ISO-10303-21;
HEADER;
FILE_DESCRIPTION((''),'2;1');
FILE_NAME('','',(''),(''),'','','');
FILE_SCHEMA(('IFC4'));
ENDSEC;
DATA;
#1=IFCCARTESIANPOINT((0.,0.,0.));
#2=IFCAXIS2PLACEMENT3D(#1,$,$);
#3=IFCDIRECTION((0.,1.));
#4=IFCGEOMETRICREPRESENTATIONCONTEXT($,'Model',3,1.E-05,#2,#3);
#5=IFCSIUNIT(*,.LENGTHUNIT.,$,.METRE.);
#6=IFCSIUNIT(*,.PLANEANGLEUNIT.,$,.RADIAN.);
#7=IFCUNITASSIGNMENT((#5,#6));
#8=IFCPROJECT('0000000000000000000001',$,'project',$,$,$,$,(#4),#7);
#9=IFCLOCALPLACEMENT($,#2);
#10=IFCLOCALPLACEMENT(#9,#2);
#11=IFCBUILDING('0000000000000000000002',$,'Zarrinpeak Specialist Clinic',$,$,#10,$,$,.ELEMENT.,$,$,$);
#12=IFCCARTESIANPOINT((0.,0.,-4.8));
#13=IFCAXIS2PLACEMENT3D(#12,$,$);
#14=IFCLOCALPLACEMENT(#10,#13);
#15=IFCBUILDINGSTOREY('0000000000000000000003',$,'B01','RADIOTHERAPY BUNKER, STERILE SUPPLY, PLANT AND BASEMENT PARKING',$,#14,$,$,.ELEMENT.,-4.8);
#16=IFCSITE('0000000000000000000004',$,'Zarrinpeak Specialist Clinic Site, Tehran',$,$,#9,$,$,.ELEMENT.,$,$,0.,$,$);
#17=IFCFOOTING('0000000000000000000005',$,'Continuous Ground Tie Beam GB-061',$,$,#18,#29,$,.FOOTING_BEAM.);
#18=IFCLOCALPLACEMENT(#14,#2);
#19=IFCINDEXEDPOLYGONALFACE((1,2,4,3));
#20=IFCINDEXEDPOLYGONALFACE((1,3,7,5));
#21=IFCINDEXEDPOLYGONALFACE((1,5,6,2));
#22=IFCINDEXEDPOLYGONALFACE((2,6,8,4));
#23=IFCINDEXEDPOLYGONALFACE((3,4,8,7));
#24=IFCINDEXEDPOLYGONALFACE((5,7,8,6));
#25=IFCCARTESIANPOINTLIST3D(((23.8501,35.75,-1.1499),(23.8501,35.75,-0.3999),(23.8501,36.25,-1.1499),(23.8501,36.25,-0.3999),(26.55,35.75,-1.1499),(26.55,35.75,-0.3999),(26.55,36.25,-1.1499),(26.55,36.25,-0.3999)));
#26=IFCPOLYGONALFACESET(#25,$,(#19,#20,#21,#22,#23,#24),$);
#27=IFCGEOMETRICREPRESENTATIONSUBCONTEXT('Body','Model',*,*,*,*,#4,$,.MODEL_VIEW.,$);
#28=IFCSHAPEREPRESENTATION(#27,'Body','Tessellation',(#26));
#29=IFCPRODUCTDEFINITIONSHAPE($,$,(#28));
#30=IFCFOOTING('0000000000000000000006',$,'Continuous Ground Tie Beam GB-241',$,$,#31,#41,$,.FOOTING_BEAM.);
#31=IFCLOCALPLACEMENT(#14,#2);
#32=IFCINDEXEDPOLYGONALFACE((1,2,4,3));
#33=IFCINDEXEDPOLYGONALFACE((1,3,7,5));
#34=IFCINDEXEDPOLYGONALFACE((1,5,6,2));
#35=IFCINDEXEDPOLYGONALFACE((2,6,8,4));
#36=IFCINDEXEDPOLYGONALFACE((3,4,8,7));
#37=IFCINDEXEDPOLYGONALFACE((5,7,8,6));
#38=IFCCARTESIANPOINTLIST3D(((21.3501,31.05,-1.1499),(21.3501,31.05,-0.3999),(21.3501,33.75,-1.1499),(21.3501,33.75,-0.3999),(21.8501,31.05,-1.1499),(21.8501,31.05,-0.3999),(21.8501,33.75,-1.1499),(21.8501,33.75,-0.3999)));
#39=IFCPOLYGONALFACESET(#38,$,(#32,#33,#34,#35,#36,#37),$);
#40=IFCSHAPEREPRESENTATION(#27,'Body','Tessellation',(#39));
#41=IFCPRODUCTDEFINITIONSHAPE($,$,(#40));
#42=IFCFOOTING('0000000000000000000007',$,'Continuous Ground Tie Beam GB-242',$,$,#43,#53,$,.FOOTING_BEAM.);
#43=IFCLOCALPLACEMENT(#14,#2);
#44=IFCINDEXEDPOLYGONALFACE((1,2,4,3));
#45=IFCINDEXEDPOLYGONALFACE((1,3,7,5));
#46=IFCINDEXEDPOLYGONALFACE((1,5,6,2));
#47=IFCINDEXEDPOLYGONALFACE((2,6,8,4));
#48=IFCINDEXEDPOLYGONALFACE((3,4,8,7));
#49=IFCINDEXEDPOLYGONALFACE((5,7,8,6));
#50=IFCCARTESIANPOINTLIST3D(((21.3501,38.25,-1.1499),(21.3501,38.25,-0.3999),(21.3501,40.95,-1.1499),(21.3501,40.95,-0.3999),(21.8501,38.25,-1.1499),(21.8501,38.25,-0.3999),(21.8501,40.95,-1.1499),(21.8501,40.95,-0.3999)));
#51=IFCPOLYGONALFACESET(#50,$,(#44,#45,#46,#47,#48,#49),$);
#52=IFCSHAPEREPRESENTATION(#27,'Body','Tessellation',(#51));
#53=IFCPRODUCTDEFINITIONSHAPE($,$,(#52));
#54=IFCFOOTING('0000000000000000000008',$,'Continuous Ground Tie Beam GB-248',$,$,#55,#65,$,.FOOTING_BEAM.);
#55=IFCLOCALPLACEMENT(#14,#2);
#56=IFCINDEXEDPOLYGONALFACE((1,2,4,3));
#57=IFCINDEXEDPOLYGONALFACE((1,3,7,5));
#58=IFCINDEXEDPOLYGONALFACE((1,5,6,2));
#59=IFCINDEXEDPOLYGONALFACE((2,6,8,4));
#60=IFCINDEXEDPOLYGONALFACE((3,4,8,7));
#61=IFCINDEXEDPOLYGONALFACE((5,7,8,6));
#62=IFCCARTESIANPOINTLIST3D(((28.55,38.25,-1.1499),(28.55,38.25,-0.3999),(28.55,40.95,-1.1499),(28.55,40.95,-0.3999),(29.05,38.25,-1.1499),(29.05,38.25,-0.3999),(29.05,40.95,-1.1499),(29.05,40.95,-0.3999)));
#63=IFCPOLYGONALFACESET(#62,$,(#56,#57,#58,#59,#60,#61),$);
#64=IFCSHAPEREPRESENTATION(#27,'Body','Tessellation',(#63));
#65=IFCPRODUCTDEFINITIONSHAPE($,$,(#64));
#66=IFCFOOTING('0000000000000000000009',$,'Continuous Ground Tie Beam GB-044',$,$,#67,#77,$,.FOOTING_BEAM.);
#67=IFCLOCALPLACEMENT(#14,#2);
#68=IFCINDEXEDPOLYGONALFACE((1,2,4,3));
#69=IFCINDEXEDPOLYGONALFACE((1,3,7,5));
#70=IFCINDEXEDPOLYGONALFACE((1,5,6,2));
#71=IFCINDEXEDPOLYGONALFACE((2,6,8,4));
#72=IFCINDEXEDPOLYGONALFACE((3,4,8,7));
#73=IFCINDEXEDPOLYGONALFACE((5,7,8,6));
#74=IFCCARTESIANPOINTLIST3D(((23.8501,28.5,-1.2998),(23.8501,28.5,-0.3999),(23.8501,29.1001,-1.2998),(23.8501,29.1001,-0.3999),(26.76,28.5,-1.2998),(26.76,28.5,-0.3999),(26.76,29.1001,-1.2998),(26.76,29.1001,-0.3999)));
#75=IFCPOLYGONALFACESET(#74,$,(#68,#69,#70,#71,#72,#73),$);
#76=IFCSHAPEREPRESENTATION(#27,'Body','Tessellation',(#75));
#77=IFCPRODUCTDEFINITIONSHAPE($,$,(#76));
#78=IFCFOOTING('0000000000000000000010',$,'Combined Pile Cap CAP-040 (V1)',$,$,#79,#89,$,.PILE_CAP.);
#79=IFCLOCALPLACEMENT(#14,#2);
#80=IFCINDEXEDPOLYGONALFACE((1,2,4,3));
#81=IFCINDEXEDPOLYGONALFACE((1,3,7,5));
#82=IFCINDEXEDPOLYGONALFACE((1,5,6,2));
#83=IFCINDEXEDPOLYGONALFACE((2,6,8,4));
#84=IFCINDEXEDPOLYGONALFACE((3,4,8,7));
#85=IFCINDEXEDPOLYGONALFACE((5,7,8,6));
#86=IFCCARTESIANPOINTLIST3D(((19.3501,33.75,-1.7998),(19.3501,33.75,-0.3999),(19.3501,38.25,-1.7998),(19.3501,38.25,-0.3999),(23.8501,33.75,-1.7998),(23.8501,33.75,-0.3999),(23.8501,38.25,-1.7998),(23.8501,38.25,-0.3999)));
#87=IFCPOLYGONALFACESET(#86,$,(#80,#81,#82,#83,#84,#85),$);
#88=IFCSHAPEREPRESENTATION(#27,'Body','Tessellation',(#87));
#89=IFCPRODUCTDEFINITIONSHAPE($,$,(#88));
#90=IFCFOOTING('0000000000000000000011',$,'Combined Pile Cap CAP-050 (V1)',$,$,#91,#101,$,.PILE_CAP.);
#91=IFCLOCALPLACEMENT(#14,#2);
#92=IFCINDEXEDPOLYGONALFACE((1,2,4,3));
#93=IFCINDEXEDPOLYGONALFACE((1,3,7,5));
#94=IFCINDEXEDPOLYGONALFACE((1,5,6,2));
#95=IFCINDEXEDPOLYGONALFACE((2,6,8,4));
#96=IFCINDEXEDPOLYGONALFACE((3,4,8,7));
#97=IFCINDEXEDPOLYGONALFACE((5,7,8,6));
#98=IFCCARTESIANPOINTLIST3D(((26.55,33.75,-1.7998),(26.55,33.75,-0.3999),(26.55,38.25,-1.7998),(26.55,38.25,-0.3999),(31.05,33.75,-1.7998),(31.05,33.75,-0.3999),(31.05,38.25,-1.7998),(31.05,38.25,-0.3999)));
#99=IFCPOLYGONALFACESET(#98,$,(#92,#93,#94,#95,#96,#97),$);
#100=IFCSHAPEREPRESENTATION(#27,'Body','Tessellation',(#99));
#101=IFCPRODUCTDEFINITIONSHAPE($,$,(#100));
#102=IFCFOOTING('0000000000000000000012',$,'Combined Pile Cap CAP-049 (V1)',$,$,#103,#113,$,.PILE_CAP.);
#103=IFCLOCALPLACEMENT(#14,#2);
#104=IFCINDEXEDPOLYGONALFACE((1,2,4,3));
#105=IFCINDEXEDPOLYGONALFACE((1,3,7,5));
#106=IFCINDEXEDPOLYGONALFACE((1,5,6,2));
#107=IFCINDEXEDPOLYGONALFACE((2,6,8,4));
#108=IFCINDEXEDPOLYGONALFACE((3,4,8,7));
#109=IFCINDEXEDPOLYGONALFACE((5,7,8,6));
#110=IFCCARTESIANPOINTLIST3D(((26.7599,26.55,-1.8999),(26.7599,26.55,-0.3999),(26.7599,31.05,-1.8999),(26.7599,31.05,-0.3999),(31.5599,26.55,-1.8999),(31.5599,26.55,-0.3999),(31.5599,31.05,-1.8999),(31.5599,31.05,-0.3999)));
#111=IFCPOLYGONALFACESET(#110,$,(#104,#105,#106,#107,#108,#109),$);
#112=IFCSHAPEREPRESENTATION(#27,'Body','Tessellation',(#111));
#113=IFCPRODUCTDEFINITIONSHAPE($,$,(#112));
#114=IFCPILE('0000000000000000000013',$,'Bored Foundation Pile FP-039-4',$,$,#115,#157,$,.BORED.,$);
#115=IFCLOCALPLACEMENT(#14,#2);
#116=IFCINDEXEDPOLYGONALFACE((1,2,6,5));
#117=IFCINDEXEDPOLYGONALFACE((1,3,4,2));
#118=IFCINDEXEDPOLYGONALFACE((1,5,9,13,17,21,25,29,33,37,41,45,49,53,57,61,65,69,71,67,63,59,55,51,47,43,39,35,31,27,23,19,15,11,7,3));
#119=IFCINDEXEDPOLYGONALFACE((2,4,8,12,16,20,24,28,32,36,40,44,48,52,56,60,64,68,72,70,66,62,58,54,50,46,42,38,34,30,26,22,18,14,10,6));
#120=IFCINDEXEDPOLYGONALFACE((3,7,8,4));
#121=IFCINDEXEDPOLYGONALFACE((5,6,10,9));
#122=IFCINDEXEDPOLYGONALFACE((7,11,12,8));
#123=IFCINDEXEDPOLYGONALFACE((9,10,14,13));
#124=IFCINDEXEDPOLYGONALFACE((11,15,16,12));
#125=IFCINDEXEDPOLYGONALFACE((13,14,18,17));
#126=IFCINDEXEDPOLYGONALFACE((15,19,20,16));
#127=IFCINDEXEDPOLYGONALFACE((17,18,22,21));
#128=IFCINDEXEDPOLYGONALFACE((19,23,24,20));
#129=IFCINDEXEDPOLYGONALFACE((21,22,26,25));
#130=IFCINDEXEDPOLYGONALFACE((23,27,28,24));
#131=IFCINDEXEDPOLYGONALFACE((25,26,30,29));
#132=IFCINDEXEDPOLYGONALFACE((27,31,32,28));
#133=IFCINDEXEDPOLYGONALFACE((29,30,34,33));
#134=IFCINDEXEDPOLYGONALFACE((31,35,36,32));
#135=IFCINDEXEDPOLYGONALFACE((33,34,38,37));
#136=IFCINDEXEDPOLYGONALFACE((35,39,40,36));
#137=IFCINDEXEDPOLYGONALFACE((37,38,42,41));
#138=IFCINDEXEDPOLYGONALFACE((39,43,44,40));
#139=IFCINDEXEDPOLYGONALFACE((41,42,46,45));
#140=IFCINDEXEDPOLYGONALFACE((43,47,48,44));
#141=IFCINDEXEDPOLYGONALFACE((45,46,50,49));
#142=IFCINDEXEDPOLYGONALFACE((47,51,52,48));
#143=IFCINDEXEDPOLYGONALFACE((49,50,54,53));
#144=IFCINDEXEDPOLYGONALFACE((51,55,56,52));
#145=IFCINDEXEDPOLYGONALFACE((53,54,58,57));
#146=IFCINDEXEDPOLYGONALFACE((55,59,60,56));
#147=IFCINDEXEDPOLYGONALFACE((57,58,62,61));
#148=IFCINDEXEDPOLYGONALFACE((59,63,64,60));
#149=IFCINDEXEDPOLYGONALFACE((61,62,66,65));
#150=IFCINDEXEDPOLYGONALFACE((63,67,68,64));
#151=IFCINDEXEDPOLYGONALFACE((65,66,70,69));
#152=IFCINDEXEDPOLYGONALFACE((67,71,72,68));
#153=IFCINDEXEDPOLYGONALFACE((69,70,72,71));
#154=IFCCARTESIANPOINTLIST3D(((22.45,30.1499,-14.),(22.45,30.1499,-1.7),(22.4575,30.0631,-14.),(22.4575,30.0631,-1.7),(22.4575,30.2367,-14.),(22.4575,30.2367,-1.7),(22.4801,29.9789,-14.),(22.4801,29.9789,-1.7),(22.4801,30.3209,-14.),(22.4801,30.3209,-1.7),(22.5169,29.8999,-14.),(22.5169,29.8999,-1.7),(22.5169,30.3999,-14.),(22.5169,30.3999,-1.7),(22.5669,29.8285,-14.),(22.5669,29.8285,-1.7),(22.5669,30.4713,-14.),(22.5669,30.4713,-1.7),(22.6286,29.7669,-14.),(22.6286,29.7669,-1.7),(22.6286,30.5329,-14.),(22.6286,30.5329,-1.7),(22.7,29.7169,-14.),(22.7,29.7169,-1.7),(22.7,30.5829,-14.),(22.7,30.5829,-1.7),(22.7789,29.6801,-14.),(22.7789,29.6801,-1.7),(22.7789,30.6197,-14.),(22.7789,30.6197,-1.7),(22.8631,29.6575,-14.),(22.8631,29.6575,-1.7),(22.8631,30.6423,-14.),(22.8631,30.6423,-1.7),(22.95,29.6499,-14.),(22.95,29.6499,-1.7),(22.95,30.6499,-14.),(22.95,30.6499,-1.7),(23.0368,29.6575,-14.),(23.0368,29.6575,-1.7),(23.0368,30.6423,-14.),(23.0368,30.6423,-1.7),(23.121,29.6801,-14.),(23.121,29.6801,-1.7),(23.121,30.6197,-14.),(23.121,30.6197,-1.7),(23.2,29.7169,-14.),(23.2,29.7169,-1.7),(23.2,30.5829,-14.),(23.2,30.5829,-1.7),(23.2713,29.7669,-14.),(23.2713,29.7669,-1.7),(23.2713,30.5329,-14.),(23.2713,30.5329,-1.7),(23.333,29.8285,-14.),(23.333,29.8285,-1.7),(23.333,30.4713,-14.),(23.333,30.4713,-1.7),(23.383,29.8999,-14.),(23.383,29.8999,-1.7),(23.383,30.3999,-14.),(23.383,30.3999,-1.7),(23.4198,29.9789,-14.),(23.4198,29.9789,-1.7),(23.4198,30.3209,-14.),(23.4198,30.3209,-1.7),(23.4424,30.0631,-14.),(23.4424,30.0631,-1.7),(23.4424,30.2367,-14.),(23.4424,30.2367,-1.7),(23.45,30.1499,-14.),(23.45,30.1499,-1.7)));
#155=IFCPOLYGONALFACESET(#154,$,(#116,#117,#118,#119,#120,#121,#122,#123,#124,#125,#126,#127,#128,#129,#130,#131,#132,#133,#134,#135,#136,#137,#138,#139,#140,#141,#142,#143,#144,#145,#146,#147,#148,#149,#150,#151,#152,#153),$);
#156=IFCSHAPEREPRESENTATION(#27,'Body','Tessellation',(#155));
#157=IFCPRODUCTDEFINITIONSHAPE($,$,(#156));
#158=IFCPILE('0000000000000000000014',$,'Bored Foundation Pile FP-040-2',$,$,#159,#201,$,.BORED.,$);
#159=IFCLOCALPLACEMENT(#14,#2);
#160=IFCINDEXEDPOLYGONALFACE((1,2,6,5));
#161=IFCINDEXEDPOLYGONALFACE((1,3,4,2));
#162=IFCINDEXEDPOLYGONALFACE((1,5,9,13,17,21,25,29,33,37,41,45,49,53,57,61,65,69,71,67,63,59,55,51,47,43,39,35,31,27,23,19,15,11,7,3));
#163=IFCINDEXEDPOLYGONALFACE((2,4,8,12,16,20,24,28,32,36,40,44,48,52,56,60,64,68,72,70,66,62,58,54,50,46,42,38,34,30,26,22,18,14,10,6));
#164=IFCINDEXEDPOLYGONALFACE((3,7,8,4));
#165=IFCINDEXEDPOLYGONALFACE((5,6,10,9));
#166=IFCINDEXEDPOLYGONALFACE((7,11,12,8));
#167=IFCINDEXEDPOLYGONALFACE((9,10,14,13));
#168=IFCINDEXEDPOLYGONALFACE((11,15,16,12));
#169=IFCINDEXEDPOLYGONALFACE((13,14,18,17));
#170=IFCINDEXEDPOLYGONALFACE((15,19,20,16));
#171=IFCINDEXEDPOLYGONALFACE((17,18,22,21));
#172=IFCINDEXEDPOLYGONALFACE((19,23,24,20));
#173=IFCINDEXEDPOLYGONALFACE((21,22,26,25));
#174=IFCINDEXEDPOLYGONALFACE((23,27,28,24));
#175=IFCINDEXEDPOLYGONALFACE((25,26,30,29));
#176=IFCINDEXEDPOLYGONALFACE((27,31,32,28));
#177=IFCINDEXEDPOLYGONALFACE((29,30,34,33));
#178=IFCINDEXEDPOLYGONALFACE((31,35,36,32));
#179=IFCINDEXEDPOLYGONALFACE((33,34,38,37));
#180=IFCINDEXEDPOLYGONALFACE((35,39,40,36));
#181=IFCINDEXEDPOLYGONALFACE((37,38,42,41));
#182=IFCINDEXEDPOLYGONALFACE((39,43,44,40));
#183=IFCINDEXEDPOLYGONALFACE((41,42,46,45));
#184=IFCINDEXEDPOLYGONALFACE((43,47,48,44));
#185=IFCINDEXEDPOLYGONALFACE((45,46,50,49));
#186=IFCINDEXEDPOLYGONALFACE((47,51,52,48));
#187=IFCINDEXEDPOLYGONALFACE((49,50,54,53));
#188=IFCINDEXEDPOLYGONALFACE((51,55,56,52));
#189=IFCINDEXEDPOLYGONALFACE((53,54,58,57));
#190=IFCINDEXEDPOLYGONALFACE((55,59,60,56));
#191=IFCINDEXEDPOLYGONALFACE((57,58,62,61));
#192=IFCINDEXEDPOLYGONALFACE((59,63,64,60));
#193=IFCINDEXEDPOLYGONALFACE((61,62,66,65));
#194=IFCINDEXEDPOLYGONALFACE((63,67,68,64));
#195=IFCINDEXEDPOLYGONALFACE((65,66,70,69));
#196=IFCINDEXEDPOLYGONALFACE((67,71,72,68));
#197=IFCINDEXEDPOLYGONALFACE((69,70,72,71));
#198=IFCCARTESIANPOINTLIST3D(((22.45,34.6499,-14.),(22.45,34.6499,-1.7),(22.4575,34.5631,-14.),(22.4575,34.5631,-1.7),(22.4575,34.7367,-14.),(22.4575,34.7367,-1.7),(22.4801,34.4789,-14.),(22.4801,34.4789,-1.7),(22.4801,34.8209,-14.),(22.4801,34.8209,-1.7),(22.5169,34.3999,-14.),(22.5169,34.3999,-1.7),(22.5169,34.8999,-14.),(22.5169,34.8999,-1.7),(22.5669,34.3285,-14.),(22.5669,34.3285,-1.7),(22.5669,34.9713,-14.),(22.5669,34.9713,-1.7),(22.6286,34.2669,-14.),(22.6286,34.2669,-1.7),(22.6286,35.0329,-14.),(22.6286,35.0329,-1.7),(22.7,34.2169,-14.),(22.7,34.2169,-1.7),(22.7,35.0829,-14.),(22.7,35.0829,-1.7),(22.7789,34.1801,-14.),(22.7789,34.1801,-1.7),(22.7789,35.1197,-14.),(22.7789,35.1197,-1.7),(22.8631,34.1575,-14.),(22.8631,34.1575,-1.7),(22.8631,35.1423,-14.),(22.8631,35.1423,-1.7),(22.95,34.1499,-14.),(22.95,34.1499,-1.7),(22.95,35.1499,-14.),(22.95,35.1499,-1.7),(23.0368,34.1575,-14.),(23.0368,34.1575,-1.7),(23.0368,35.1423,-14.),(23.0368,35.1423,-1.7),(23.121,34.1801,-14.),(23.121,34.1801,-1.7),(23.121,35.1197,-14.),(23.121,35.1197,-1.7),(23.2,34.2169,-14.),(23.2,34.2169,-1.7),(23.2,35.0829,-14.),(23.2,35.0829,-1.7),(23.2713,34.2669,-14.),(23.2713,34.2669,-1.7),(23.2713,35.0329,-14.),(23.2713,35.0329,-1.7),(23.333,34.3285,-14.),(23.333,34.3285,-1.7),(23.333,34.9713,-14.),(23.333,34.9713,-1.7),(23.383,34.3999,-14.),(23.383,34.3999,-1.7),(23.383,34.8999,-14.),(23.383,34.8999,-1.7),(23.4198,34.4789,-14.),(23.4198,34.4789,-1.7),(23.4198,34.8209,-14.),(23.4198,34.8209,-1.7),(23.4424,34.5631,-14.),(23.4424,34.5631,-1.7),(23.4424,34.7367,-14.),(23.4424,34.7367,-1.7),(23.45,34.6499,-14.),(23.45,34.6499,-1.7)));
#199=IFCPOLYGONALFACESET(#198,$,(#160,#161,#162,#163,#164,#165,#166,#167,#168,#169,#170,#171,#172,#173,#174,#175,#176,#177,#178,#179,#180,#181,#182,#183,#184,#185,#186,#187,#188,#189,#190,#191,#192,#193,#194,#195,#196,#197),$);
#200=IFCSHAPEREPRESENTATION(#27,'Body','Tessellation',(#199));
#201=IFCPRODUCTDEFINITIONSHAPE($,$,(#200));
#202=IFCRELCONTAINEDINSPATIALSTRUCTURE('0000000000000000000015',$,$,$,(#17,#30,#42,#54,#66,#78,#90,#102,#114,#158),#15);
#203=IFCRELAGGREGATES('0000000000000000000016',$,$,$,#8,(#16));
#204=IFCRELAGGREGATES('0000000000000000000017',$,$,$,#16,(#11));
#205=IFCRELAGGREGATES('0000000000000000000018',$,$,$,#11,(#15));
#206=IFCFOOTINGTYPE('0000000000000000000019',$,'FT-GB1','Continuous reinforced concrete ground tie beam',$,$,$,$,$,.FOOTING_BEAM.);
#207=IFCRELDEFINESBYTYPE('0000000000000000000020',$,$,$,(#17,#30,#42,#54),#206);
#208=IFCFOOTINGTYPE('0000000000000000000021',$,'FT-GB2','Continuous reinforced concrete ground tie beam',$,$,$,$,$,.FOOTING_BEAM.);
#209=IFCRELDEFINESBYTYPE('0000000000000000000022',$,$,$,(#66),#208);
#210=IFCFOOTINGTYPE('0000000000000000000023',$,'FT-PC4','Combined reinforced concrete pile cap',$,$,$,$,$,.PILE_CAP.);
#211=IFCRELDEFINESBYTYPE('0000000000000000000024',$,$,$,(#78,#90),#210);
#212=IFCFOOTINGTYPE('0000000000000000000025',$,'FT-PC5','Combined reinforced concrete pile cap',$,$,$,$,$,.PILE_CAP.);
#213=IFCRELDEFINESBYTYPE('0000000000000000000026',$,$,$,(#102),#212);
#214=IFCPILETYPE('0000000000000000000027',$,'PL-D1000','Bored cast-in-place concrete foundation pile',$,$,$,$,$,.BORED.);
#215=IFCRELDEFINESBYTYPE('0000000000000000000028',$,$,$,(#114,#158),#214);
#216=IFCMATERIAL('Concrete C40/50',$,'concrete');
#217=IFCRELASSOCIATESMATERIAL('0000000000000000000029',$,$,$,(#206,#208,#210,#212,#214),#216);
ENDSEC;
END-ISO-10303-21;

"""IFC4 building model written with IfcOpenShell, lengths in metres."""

from ifc_helpers import new_model, si_unit, direction, frame, origin, origin_2d, place, context, subcontext, project, spatial, rectangle, circle, extrude, material, material_profile, profile_set, type_object, element, save


model = new_model("IFC4")

# Units and contexts
model_context = context("Model", 3, precision=1e-05, world=origin(), true_north=direction((0.0, 1.0)))
body_context = subcontext(model_context, "Body", "Model", "MODEL_VIEW")
ifc_project = project(units=[si_unit("LENGTHUNIT", "METRE"), si_unit("PLANEANGLEUNIT", "RADIAN")], contexts=[model_context])

# Site, building, storey
site_placement = place(None, origin())
site = spatial("IfcSite", under=ifc_project, at=site_placement, Name="Zarrinpeak Specialist Clinic Site, Tehran", CompositionType="ELEMENT", RefElevation=0.0)
building_placement = place(site_placement, origin())
building = spatial("IfcBuilding", under=site, at=building_placement, Name="Zarrinpeak Specialist Clinic", CompositionType="ELEMENT")
storey_placement = place(building_placement, frame((0.0, 0.0, -4.8)))
storey = spatial("IfcBuildingStorey", under=building, at=storey_placement, Name="B01", Description="RADIOTHERAPY BUNKER, STERILE SUPPLY, PLANT AND BASEMENT PARKING", CompositionType="ELEMENT", Elevation=-4.8)

# Footings
ifc_material_1 = material(Name="Concrete C40/50", Category="concrete")
ifc_material_profile_1 = material_profile(ifc_material_1, rectangle(XDim=0.5, YDim=0.75, at=origin_2d()), Name="RC 500x750")
ifc_profile_set_1 = profile_set([ifc_material_profile_1], Name="Concrete C40/50")
footing_type_1 = type_object("IfcFootingType", Name="FT-GB1", Description="Continuous reinforced concrete ground tie beam", PredefinedType="FOOTING_BEAM", material=ifc_profile_set_1)
for number, where, z_axis, x_axis, name in (
    (1, (23.8501, 36.0, -0.7749), (1.0, 0.0, 0.0), (0.0, 1.0, 0.0), "Continuous Ground Tie Beam GB-061"),
    (2, (21.6001, 31.05, -0.7749), (0.0, 1.0, 0.0), (-1.0, 0.0, 0.0), "Continuous Ground Tie Beam GB-241"),
    (3, (21.6001, 38.25, -0.7749), (0.0, 1.0, 0.0), (-1.0, 0.0, 0.0), "Continuous Ground Tie Beam GB-242"),
    (4, (28.8, 38.25, -0.7749), (0.0, 1.0, 0.0), (-1.0, 0.0, 0.0), "Continuous Ground Tie Beam GB-248"),
):
    element("IfcFooting", number, at=place(storey_placement, frame(where, z_axis=z_axis, x_axis=x_axis)), inside=storey, type_object=footing_type_1, Name=name, PredefinedType="FOOTING_BEAM", context=body_context, shape_type="SweptSolid", body=[
        extrude(rectangle(XDim=0.5, YDim=0.75, at=origin_2d()), origin(), (0.0, 0.0, 1.0), 2.7),
    ])
ifc_material_profile_2 = material_profile(ifc_material_1, rectangle(XDim=0.6001, YDim=0.8999, at=origin_2d()), Name="RC 600x900")
ifc_profile_set_2 = profile_set([ifc_material_profile_2], Name="Concrete C40/50")
footing_type_2 = type_object("IfcFootingType", Name="FT-GB2", Description="Continuous reinforced concrete ground tie beam", PredefinedType="FOOTING_BEAM", material=ifc_profile_set_2)
footing_1_placement = place(storey_placement, frame((23.8501, 28.8, -0.8499), z_axis=(1.0, 0.0, 0.0), x_axis=(0.0, 1.0, 0.0)))
element("IfcFooting", 5, at=footing_1_placement, inside=storey, type_object=footing_type_2, Name="Continuous Ground Tie Beam GB-044", PredefinedType="FOOTING_BEAM", context=body_context, shape_type="SweptSolid", body=[
    extrude(rectangle(XDim=0.6001, YDim=0.8999, at=origin_2d()), origin(), (0.0, 0.0, 1.0), 2.9099),
])
footing_type_3 = type_object("IfcFootingType", Name="FT-PC4", Description="Combined reinforced concrete pile cap", PredefinedType="PILE_CAP", material=ifc_material_1)
for number, where, z_axis, x_axis, name in (
    (6, (21.6001, 36.0, -1.7998), (0.0, 0.0, 1.0), (1.0, 0.0, 0.0), "Combined Pile Cap CAP-040 (V1)"),
    (7, (28.8, 36.0, -1.7998), (0.0, 0.0, 1.0), (1.0, 0.0, 0.0), "Combined Pile Cap CAP-050 (V1)"),
):
    element("IfcFooting", number, at=place(storey_placement, frame(where, z_axis=z_axis, x_axis=x_axis)), inside=storey, type_object=footing_type_3, Name=name, PredefinedType="PILE_CAP", context=body_context, shape_type="SweptSolid", body=[
        extrude(rectangle(XDim=4.5, YDim=4.5, at=origin_2d()), origin(), (0.0, 0.0, 1.0), 1.3999),
    ])
footing_type_4 = type_object("IfcFootingType", Name="FT-PC5", Description="Combined reinforced concrete pile cap", PredefinedType="PILE_CAP", material=ifc_material_1)
footing_2_placement = place(storey_placement, frame((29.1599, 28.8, -1.8999), z_axis=(0.0, 0.0, 1.0), x_axis=(1.0, 0.0, 0.0)))
element("IfcFooting", 8, at=footing_2_placement, inside=storey, type_object=footing_type_4, Name="Combined Pile Cap CAP-049 (V1)", PredefinedType="PILE_CAP", context=body_context, shape_type="SweptSolid", body=[
    extrude(rectangle(XDim=4.8, YDim=4.5, at=origin_2d()), origin(), (0.0, 0.0, 1.0), 1.5),
])

# Piles
ifc_material_profile_3 = material_profile(ifc_material_1, circle(Radius=0.5, at=origin_2d()), Name="BORED PILE D1000")
ifc_profile_set_3 = profile_set([ifc_material_profile_3], Name="Concrete C40/50")
pile_type = type_object("IfcPileType", Name="PL-D1000", Description="Bored cast-in-place concrete foundation pile", PredefinedType="BORED", material=ifc_profile_set_3)
for number, where, z_axis, x_axis, name in (
    (9, (22.95, 30.1499, -1.7), (0.0, 0.0, -1.0), (1.0, 0.0, 0.0), "Bored Foundation Pile FP-039-4"),
    (10, (22.95, 34.6499, -1.7), (0.0, 0.0, -1.0), (1.0, 0.0, 0.0), "Bored Foundation Pile FP-040-2"),
):
    element("IfcPile", number, at=place(storey_placement, frame(where, z_axis=z_axis, x_axis=x_axis)), inside=storey, type_object=pile_type, Name=name, PredefinedType="BORED", context=body_context, shape_type="SweptSolid", body=[
        extrude(circle(Radius=0.5, at=origin_2d()), origin(), (0.0, 0.0, 1.0), 12.3),
    ])

save(model, "model.ifc")
